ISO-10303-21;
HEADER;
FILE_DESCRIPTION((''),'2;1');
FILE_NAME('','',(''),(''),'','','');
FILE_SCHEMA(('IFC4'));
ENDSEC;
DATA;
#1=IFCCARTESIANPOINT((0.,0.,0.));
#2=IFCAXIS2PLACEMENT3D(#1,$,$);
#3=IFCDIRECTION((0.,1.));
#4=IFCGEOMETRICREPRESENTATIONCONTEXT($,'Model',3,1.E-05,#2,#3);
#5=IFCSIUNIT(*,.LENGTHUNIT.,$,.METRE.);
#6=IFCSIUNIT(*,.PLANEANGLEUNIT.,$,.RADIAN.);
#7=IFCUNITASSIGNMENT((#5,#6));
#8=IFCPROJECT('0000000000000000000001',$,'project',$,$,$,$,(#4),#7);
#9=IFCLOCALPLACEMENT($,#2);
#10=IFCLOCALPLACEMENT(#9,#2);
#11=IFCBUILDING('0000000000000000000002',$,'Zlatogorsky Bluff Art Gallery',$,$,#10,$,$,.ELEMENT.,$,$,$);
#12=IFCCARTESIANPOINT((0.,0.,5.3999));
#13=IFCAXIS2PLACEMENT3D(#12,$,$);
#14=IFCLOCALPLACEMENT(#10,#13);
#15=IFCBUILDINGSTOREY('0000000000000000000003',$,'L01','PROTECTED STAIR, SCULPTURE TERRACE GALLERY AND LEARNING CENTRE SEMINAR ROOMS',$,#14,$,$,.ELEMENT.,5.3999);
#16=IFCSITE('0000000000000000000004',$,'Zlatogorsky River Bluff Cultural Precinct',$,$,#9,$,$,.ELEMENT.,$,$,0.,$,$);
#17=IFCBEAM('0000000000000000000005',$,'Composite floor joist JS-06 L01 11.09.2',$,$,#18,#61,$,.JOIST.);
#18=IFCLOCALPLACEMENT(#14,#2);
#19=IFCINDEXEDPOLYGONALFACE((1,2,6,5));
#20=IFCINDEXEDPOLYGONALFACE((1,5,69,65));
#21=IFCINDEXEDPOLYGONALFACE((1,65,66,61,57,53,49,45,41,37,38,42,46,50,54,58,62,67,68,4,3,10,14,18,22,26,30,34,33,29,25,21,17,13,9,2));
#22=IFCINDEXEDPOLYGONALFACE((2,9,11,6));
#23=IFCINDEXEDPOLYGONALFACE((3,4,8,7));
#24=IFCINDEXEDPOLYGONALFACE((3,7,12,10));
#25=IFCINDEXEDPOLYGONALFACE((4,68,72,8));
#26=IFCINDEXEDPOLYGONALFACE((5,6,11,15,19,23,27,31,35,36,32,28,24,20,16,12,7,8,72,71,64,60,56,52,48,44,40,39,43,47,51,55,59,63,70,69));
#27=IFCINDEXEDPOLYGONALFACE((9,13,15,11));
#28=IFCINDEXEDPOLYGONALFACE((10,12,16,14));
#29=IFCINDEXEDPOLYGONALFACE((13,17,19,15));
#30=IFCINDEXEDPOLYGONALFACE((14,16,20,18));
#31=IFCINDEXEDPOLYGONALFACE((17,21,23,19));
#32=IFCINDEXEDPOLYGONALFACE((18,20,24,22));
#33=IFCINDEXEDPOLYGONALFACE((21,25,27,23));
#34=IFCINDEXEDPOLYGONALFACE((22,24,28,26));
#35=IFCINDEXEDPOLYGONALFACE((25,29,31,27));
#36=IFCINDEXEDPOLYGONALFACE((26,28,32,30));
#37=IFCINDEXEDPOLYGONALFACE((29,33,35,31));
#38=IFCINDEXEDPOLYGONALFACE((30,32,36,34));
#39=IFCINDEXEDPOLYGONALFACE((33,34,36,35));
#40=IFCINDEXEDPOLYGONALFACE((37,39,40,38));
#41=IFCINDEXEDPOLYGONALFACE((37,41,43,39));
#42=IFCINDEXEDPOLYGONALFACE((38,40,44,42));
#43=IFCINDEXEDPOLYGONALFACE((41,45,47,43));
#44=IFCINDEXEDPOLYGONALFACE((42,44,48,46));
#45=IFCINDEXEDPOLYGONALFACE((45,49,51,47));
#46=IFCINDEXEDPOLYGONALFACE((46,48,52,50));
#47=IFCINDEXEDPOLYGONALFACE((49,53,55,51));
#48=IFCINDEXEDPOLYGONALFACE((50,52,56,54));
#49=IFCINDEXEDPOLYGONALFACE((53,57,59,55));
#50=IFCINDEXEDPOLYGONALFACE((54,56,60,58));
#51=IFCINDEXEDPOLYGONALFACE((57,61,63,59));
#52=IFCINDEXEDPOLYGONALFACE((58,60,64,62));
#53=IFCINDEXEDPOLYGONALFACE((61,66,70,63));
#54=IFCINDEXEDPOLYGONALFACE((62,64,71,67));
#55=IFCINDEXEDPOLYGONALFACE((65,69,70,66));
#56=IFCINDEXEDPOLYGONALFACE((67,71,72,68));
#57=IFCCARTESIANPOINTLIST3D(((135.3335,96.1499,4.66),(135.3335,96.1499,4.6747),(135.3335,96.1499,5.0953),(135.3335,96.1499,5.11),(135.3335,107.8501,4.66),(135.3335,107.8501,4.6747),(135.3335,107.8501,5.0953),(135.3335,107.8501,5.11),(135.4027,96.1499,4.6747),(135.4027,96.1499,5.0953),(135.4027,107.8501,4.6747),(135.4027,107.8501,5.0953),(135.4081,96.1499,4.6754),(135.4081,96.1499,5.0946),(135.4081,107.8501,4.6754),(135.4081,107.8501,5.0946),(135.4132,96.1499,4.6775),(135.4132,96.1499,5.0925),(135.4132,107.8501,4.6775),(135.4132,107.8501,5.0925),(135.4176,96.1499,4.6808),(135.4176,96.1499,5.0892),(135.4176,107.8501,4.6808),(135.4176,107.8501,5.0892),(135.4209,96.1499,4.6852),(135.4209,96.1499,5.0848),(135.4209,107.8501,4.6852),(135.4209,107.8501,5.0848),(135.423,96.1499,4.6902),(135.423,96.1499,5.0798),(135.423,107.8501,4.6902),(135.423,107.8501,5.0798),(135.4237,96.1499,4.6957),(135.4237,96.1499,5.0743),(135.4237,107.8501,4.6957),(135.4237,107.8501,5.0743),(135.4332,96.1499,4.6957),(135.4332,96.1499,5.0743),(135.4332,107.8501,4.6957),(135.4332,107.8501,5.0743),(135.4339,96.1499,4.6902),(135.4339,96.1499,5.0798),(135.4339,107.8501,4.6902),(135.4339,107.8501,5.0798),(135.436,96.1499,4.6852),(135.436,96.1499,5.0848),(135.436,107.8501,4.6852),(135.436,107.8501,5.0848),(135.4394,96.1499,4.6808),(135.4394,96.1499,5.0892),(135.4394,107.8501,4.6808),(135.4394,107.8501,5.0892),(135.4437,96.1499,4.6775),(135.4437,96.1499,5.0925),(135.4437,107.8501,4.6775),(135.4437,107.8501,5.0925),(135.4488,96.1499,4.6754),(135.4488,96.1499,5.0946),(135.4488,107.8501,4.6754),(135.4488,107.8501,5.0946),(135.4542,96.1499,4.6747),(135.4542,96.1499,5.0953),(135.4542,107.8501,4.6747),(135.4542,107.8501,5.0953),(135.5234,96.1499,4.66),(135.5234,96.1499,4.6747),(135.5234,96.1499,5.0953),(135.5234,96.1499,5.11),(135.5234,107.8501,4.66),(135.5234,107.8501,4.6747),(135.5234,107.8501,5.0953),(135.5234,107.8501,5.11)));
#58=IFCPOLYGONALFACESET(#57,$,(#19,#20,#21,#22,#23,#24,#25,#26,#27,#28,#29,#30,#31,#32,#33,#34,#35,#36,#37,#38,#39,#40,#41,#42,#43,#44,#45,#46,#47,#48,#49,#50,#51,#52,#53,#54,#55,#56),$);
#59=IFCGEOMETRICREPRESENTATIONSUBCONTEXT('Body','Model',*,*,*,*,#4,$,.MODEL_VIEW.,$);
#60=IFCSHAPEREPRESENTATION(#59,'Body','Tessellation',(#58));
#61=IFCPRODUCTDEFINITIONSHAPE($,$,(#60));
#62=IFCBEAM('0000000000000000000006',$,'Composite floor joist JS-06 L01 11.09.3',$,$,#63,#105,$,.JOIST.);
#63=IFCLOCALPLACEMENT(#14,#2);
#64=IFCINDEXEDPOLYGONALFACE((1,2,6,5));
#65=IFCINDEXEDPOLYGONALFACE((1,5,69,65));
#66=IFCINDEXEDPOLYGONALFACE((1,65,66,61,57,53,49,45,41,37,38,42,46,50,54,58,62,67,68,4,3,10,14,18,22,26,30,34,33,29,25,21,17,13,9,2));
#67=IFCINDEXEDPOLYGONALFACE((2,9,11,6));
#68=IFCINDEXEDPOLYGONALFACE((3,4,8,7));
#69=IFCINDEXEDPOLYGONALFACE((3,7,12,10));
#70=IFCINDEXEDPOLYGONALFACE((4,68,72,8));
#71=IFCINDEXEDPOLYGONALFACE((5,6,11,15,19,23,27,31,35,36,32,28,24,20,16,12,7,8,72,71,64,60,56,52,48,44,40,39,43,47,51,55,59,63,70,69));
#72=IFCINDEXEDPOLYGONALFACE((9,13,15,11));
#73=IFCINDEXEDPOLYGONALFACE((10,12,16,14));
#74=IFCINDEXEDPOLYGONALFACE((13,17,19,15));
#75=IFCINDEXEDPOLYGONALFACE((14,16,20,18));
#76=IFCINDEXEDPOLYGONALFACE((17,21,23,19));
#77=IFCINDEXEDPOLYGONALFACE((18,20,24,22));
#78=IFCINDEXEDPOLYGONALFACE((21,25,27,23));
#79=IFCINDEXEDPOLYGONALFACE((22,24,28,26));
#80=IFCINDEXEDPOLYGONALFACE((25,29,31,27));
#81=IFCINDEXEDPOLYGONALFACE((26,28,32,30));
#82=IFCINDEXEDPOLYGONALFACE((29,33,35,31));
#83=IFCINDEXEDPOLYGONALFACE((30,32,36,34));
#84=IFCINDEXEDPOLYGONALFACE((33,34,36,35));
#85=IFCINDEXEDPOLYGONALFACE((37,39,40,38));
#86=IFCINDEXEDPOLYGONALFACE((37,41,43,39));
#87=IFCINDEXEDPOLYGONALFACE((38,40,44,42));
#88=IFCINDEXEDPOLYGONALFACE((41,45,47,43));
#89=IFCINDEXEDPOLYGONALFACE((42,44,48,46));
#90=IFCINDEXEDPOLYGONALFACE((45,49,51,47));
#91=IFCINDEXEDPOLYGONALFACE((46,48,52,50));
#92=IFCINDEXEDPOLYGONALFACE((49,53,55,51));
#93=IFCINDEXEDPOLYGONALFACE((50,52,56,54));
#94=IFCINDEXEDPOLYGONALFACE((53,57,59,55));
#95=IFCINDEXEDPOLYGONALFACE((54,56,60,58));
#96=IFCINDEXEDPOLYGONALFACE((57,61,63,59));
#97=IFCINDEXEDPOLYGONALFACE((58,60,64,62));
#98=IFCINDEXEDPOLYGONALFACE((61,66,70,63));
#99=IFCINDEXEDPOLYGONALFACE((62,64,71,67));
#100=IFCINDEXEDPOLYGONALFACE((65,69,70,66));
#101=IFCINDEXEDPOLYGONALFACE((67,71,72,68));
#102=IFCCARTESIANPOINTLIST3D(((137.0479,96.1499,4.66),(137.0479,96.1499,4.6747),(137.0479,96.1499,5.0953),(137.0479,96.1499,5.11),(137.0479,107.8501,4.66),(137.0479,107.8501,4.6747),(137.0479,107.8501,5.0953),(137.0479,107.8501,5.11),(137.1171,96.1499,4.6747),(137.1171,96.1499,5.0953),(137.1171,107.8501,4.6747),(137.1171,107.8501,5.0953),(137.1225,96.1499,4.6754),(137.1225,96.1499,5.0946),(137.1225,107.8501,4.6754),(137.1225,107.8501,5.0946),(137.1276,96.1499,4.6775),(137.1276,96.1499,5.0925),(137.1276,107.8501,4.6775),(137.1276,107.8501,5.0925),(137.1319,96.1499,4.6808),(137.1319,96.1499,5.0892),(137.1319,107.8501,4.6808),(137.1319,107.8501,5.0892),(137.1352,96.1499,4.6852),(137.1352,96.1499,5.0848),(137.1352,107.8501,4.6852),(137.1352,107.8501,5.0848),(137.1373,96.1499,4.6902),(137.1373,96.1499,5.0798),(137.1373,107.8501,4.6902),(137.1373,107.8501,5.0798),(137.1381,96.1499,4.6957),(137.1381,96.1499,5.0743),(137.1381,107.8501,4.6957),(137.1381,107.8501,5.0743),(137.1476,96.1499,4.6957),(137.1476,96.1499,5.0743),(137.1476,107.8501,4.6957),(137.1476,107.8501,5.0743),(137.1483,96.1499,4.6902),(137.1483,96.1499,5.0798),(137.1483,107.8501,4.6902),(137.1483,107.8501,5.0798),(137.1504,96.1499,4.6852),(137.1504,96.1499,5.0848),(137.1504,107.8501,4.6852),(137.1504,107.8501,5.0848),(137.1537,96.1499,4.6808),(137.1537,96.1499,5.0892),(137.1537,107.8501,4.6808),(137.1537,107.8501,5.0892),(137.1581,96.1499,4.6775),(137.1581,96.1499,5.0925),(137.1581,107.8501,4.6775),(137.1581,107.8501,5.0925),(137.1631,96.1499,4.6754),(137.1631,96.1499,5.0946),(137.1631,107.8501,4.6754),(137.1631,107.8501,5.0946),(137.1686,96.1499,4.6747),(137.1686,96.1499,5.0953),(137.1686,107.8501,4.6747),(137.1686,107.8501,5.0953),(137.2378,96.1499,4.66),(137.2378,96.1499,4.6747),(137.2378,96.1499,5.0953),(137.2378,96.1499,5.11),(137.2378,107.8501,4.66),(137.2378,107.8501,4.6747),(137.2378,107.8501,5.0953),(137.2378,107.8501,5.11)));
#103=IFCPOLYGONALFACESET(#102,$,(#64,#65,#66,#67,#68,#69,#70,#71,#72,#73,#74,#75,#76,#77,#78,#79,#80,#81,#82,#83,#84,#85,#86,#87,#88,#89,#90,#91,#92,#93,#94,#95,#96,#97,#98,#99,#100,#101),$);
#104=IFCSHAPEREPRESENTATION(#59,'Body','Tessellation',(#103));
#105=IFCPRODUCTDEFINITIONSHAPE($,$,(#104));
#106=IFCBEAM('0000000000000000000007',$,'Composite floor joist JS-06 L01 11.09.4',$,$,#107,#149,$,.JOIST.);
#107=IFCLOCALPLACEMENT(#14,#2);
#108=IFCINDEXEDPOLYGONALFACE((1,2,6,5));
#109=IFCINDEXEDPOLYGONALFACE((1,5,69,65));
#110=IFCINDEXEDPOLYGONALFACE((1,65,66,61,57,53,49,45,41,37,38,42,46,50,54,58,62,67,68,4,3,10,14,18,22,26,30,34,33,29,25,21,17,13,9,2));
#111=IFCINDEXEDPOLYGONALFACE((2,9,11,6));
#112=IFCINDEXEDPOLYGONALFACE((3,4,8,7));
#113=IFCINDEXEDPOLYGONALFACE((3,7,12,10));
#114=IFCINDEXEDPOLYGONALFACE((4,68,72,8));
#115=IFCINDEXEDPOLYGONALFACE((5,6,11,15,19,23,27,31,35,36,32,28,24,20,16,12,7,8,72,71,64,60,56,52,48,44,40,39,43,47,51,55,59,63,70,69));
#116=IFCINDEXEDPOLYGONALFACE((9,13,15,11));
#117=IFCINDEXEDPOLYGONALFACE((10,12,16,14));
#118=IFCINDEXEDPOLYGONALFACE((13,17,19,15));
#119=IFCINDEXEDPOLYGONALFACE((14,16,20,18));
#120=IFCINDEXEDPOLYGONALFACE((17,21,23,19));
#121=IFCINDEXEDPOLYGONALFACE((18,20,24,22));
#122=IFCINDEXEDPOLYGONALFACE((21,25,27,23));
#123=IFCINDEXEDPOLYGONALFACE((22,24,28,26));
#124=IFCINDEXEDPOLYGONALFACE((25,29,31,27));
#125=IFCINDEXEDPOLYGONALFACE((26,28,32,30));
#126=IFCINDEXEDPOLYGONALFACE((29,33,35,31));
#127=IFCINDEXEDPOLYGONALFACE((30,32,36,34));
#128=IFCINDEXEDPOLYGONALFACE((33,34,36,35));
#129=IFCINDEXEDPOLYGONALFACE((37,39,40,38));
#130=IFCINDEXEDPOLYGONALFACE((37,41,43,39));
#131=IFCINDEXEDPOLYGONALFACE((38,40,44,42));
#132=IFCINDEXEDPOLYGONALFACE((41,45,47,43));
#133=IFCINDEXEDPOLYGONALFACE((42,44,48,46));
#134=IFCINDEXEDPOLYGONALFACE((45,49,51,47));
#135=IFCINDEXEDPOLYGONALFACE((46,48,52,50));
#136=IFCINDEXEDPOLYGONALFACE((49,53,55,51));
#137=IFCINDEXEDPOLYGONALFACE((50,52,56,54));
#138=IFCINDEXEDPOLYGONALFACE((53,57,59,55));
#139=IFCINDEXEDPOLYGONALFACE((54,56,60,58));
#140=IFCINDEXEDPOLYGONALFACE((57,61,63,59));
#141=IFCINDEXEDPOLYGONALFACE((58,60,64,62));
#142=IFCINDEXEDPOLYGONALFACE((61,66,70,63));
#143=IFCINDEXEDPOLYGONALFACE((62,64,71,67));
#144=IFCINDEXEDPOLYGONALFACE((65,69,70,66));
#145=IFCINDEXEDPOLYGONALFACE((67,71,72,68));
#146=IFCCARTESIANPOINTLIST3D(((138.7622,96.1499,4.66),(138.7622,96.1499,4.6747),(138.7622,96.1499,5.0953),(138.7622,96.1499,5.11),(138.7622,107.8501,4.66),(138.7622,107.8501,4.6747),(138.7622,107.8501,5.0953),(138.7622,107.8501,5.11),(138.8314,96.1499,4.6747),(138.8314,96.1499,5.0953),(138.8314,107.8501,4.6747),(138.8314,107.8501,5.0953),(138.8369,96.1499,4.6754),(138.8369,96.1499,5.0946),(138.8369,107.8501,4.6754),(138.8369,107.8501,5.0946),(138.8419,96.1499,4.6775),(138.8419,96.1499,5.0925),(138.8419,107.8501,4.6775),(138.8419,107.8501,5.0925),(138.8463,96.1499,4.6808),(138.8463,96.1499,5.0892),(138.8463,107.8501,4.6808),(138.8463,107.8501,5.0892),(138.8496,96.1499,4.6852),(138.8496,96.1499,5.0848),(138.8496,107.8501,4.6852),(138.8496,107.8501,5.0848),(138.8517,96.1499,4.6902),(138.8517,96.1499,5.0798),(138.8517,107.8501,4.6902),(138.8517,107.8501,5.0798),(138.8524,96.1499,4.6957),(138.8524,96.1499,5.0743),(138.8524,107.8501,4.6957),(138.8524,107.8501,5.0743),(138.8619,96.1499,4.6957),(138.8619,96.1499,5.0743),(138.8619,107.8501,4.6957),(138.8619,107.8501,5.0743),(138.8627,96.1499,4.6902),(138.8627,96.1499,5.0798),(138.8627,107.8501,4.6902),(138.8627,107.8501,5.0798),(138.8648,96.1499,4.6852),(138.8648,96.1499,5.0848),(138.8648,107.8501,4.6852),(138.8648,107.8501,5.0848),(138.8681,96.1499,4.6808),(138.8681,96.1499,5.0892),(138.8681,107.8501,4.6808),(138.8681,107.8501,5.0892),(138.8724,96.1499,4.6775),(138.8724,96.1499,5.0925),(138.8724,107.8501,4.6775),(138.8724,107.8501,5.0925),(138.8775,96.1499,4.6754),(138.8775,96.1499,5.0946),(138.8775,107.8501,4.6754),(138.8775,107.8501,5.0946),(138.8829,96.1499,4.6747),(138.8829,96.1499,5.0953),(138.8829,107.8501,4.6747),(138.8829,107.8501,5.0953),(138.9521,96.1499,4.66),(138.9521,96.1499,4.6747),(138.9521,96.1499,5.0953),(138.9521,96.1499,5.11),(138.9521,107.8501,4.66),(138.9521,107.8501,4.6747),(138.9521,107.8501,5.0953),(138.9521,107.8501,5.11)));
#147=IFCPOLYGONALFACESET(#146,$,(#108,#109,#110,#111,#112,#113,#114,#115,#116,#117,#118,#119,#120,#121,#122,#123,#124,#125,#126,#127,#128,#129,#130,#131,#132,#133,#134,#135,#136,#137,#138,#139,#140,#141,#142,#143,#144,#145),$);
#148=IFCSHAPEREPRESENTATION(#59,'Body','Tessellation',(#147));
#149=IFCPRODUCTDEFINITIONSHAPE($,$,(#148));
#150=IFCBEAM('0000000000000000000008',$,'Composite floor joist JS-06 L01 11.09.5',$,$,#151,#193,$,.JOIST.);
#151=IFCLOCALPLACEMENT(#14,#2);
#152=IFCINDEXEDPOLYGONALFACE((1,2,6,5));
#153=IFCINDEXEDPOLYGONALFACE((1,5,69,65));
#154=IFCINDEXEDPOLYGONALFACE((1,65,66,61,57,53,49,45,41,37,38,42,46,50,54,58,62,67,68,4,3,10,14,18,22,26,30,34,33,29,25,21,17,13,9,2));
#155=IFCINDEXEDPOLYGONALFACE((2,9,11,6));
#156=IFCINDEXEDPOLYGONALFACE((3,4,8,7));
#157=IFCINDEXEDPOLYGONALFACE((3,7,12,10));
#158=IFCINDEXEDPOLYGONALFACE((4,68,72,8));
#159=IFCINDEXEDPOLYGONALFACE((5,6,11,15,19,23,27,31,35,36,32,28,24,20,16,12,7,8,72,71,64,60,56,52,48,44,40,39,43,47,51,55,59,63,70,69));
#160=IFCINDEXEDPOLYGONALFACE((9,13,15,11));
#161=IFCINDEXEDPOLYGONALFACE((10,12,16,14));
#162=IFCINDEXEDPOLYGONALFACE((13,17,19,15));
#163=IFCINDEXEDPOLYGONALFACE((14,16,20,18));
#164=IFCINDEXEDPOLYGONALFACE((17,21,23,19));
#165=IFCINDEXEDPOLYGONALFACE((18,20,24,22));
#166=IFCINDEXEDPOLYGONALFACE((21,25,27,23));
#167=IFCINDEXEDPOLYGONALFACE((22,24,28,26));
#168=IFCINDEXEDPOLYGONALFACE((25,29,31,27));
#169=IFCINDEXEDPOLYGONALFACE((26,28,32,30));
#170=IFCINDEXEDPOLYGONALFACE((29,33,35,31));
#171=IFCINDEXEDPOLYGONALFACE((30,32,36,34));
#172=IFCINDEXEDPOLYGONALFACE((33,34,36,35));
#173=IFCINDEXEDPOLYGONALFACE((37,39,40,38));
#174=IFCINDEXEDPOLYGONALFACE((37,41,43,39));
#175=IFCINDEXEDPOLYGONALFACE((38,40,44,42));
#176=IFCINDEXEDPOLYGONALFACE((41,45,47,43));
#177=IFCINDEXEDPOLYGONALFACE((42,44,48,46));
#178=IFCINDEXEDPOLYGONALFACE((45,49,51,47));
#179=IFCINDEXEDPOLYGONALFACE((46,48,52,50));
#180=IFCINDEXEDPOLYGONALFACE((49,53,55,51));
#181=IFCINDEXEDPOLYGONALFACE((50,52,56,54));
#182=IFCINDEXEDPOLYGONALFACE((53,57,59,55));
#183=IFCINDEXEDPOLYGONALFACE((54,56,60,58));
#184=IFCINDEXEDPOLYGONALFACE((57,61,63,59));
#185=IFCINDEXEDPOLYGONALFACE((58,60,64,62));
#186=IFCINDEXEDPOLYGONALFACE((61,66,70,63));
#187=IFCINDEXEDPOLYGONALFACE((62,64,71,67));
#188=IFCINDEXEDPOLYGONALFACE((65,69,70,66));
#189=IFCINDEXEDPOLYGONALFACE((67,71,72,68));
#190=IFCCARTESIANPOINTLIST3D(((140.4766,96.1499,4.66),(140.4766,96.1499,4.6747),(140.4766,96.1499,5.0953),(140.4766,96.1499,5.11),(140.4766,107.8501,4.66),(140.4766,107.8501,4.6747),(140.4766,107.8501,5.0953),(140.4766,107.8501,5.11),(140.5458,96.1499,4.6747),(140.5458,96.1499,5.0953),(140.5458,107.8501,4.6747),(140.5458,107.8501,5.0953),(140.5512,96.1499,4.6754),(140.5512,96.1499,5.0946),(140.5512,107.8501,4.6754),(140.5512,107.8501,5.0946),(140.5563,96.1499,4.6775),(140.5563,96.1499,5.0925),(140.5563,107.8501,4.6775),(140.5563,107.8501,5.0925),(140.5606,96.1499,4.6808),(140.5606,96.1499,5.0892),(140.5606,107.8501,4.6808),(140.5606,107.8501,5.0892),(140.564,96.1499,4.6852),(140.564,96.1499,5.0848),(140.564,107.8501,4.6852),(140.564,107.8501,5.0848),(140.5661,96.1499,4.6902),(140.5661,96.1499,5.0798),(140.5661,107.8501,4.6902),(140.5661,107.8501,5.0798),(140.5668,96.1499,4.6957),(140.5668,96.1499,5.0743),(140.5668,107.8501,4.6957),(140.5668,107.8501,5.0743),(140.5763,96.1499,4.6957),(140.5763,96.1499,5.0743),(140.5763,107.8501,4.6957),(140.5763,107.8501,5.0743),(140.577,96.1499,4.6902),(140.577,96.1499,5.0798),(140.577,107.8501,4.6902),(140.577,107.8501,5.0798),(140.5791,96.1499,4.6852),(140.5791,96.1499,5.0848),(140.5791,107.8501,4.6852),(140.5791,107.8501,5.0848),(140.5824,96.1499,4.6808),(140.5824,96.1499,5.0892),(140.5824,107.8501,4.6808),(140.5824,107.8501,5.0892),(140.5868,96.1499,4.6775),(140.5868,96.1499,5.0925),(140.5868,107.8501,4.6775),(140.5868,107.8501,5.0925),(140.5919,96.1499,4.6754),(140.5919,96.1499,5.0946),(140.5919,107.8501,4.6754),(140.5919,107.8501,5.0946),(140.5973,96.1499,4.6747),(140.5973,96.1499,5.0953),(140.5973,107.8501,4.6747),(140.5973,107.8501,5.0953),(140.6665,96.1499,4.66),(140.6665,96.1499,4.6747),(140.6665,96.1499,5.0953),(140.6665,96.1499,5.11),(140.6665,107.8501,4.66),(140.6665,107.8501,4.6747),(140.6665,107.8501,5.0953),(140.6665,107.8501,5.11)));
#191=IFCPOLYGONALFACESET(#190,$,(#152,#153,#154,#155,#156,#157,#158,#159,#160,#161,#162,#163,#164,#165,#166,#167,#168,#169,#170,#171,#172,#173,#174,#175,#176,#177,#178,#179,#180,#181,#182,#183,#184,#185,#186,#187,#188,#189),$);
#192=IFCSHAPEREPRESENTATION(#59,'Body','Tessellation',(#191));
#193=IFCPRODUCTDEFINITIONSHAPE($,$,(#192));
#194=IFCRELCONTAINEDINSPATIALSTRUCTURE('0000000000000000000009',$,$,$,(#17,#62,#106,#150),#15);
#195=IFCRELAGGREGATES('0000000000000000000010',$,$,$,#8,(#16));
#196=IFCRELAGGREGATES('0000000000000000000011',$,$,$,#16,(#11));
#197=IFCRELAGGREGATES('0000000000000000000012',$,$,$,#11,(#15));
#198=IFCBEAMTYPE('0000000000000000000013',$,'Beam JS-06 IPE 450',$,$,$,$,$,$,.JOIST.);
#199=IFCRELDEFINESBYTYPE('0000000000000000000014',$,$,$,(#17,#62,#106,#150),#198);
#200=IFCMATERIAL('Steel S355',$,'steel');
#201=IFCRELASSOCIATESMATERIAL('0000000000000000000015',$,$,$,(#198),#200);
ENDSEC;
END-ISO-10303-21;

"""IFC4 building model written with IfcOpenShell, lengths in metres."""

from ifc_helpers import new_model, si_unit, direction, frame, origin, origin_2d, place, context, subcontext, project, spatial, i_section, extrude, material, material_profile, profile_set, type_object, element, save


model = new_model("IFC4")

# Units and contexts
model_context = context("Model", 3, precision=1e-05, world=origin(), true_north=direction((0.0, 1.0)))
body_context = subcontext(model_context, "Body", "Model", "MODEL_VIEW")
ifc_project = project(units=[si_unit("LENGTHUNIT", "METRE"), si_unit("PLANEANGLEUNIT", "RADIAN")], contexts=[model_context])

# Site, building, storey
site_placement = place(None, origin())
site = spatial("IfcSite", under=ifc_project, at=site_placement, Name="Zlatogorsky River Bluff Cultural Precinct", CompositionType="ELEMENT", RefElevation=0.0)
building_placement = place(site_placement, origin())
building = spatial("IfcBuilding", under=site, at=building_placement, Name="Zlatogorsky Bluff Art Gallery", CompositionType="ELEMENT")
storey_placement = place(building_placement, frame((0.0, 0.0, 5.3999)))
storey = spatial("IfcBuildingStorey", under=building, at=storey_placement, Name="L01", Description="PROTECTED STAIR, SCULPTURE TERRACE GALLERY AND LEARNING CENTRE SEMINAR ROOMS", CompositionType="ELEMENT", Elevation=5.3999)

# Shared definitions
ifc_material_1 = material(Name="Steel S355", Category="steel")

# Beams
ifc_material_profile_1 = material_profile(ifc_material_1, i_section(OverallWidth=0.1899, OverallDepth=0.45, WebThickness=0.0095, FlangeThickness=0.0146, FilletRadius=0.021, at=origin_2d()), Name="IPE 450")
ifc_profile_set_1 = profile_set([ifc_material_profile_1], Name="Steel S355")
beam_type_1 = type_object("IfcBeamType", Name="Beam JS-06 IPE 450", PredefinedType="JOIST", material=ifc_profile_set_1)
for number, where, z_axis, x_axis, name in (
    (1, (135.4285, 96.1499, 4.885), (0.0, 1.0, 0.0), (-1.0, 0.0, 0.0), "Composite floor joist JS-06 L01 11.09.2"),
    (2, (137.1428, 96.1499, 4.885), (0.0, 1.0, 0.0), (-1.0, 0.0, 0.0), "Composite floor joist JS-06 L01 11.09.3"),
    (3, (138.8572, 96.1499, 4.885), (0.0, 1.0, 0.0), (-1.0, 0.0, 0.0), "Composite floor joist JS-06 L01 11.09.4"),
    (4, (140.5715, 96.1499, 4.885), (0.0, 1.0, 0.0), (-1.0, 0.0, 0.0), "Composite floor joist JS-06 L01 11.09.5"),
):
    element("IfcBeam", number, at=place(storey_placement, frame(where, z_axis=z_axis, x_axis=x_axis)), inside=storey, type_object=beam_type_1, Name=name, PredefinedType="JOIST", context=body_context, shape_type="SweptSolid", body=[
        extrude(i_section(OverallWidth=0.1899, OverallDepth=0.45, WebThickness=0.0095, FlangeThickness=0.0146, FilletRadius=0.021, at=origin_2d()), origin(), (0.0, 0.0, 1.0), 11.7002),
    ])

save(model, "model.ifc")
